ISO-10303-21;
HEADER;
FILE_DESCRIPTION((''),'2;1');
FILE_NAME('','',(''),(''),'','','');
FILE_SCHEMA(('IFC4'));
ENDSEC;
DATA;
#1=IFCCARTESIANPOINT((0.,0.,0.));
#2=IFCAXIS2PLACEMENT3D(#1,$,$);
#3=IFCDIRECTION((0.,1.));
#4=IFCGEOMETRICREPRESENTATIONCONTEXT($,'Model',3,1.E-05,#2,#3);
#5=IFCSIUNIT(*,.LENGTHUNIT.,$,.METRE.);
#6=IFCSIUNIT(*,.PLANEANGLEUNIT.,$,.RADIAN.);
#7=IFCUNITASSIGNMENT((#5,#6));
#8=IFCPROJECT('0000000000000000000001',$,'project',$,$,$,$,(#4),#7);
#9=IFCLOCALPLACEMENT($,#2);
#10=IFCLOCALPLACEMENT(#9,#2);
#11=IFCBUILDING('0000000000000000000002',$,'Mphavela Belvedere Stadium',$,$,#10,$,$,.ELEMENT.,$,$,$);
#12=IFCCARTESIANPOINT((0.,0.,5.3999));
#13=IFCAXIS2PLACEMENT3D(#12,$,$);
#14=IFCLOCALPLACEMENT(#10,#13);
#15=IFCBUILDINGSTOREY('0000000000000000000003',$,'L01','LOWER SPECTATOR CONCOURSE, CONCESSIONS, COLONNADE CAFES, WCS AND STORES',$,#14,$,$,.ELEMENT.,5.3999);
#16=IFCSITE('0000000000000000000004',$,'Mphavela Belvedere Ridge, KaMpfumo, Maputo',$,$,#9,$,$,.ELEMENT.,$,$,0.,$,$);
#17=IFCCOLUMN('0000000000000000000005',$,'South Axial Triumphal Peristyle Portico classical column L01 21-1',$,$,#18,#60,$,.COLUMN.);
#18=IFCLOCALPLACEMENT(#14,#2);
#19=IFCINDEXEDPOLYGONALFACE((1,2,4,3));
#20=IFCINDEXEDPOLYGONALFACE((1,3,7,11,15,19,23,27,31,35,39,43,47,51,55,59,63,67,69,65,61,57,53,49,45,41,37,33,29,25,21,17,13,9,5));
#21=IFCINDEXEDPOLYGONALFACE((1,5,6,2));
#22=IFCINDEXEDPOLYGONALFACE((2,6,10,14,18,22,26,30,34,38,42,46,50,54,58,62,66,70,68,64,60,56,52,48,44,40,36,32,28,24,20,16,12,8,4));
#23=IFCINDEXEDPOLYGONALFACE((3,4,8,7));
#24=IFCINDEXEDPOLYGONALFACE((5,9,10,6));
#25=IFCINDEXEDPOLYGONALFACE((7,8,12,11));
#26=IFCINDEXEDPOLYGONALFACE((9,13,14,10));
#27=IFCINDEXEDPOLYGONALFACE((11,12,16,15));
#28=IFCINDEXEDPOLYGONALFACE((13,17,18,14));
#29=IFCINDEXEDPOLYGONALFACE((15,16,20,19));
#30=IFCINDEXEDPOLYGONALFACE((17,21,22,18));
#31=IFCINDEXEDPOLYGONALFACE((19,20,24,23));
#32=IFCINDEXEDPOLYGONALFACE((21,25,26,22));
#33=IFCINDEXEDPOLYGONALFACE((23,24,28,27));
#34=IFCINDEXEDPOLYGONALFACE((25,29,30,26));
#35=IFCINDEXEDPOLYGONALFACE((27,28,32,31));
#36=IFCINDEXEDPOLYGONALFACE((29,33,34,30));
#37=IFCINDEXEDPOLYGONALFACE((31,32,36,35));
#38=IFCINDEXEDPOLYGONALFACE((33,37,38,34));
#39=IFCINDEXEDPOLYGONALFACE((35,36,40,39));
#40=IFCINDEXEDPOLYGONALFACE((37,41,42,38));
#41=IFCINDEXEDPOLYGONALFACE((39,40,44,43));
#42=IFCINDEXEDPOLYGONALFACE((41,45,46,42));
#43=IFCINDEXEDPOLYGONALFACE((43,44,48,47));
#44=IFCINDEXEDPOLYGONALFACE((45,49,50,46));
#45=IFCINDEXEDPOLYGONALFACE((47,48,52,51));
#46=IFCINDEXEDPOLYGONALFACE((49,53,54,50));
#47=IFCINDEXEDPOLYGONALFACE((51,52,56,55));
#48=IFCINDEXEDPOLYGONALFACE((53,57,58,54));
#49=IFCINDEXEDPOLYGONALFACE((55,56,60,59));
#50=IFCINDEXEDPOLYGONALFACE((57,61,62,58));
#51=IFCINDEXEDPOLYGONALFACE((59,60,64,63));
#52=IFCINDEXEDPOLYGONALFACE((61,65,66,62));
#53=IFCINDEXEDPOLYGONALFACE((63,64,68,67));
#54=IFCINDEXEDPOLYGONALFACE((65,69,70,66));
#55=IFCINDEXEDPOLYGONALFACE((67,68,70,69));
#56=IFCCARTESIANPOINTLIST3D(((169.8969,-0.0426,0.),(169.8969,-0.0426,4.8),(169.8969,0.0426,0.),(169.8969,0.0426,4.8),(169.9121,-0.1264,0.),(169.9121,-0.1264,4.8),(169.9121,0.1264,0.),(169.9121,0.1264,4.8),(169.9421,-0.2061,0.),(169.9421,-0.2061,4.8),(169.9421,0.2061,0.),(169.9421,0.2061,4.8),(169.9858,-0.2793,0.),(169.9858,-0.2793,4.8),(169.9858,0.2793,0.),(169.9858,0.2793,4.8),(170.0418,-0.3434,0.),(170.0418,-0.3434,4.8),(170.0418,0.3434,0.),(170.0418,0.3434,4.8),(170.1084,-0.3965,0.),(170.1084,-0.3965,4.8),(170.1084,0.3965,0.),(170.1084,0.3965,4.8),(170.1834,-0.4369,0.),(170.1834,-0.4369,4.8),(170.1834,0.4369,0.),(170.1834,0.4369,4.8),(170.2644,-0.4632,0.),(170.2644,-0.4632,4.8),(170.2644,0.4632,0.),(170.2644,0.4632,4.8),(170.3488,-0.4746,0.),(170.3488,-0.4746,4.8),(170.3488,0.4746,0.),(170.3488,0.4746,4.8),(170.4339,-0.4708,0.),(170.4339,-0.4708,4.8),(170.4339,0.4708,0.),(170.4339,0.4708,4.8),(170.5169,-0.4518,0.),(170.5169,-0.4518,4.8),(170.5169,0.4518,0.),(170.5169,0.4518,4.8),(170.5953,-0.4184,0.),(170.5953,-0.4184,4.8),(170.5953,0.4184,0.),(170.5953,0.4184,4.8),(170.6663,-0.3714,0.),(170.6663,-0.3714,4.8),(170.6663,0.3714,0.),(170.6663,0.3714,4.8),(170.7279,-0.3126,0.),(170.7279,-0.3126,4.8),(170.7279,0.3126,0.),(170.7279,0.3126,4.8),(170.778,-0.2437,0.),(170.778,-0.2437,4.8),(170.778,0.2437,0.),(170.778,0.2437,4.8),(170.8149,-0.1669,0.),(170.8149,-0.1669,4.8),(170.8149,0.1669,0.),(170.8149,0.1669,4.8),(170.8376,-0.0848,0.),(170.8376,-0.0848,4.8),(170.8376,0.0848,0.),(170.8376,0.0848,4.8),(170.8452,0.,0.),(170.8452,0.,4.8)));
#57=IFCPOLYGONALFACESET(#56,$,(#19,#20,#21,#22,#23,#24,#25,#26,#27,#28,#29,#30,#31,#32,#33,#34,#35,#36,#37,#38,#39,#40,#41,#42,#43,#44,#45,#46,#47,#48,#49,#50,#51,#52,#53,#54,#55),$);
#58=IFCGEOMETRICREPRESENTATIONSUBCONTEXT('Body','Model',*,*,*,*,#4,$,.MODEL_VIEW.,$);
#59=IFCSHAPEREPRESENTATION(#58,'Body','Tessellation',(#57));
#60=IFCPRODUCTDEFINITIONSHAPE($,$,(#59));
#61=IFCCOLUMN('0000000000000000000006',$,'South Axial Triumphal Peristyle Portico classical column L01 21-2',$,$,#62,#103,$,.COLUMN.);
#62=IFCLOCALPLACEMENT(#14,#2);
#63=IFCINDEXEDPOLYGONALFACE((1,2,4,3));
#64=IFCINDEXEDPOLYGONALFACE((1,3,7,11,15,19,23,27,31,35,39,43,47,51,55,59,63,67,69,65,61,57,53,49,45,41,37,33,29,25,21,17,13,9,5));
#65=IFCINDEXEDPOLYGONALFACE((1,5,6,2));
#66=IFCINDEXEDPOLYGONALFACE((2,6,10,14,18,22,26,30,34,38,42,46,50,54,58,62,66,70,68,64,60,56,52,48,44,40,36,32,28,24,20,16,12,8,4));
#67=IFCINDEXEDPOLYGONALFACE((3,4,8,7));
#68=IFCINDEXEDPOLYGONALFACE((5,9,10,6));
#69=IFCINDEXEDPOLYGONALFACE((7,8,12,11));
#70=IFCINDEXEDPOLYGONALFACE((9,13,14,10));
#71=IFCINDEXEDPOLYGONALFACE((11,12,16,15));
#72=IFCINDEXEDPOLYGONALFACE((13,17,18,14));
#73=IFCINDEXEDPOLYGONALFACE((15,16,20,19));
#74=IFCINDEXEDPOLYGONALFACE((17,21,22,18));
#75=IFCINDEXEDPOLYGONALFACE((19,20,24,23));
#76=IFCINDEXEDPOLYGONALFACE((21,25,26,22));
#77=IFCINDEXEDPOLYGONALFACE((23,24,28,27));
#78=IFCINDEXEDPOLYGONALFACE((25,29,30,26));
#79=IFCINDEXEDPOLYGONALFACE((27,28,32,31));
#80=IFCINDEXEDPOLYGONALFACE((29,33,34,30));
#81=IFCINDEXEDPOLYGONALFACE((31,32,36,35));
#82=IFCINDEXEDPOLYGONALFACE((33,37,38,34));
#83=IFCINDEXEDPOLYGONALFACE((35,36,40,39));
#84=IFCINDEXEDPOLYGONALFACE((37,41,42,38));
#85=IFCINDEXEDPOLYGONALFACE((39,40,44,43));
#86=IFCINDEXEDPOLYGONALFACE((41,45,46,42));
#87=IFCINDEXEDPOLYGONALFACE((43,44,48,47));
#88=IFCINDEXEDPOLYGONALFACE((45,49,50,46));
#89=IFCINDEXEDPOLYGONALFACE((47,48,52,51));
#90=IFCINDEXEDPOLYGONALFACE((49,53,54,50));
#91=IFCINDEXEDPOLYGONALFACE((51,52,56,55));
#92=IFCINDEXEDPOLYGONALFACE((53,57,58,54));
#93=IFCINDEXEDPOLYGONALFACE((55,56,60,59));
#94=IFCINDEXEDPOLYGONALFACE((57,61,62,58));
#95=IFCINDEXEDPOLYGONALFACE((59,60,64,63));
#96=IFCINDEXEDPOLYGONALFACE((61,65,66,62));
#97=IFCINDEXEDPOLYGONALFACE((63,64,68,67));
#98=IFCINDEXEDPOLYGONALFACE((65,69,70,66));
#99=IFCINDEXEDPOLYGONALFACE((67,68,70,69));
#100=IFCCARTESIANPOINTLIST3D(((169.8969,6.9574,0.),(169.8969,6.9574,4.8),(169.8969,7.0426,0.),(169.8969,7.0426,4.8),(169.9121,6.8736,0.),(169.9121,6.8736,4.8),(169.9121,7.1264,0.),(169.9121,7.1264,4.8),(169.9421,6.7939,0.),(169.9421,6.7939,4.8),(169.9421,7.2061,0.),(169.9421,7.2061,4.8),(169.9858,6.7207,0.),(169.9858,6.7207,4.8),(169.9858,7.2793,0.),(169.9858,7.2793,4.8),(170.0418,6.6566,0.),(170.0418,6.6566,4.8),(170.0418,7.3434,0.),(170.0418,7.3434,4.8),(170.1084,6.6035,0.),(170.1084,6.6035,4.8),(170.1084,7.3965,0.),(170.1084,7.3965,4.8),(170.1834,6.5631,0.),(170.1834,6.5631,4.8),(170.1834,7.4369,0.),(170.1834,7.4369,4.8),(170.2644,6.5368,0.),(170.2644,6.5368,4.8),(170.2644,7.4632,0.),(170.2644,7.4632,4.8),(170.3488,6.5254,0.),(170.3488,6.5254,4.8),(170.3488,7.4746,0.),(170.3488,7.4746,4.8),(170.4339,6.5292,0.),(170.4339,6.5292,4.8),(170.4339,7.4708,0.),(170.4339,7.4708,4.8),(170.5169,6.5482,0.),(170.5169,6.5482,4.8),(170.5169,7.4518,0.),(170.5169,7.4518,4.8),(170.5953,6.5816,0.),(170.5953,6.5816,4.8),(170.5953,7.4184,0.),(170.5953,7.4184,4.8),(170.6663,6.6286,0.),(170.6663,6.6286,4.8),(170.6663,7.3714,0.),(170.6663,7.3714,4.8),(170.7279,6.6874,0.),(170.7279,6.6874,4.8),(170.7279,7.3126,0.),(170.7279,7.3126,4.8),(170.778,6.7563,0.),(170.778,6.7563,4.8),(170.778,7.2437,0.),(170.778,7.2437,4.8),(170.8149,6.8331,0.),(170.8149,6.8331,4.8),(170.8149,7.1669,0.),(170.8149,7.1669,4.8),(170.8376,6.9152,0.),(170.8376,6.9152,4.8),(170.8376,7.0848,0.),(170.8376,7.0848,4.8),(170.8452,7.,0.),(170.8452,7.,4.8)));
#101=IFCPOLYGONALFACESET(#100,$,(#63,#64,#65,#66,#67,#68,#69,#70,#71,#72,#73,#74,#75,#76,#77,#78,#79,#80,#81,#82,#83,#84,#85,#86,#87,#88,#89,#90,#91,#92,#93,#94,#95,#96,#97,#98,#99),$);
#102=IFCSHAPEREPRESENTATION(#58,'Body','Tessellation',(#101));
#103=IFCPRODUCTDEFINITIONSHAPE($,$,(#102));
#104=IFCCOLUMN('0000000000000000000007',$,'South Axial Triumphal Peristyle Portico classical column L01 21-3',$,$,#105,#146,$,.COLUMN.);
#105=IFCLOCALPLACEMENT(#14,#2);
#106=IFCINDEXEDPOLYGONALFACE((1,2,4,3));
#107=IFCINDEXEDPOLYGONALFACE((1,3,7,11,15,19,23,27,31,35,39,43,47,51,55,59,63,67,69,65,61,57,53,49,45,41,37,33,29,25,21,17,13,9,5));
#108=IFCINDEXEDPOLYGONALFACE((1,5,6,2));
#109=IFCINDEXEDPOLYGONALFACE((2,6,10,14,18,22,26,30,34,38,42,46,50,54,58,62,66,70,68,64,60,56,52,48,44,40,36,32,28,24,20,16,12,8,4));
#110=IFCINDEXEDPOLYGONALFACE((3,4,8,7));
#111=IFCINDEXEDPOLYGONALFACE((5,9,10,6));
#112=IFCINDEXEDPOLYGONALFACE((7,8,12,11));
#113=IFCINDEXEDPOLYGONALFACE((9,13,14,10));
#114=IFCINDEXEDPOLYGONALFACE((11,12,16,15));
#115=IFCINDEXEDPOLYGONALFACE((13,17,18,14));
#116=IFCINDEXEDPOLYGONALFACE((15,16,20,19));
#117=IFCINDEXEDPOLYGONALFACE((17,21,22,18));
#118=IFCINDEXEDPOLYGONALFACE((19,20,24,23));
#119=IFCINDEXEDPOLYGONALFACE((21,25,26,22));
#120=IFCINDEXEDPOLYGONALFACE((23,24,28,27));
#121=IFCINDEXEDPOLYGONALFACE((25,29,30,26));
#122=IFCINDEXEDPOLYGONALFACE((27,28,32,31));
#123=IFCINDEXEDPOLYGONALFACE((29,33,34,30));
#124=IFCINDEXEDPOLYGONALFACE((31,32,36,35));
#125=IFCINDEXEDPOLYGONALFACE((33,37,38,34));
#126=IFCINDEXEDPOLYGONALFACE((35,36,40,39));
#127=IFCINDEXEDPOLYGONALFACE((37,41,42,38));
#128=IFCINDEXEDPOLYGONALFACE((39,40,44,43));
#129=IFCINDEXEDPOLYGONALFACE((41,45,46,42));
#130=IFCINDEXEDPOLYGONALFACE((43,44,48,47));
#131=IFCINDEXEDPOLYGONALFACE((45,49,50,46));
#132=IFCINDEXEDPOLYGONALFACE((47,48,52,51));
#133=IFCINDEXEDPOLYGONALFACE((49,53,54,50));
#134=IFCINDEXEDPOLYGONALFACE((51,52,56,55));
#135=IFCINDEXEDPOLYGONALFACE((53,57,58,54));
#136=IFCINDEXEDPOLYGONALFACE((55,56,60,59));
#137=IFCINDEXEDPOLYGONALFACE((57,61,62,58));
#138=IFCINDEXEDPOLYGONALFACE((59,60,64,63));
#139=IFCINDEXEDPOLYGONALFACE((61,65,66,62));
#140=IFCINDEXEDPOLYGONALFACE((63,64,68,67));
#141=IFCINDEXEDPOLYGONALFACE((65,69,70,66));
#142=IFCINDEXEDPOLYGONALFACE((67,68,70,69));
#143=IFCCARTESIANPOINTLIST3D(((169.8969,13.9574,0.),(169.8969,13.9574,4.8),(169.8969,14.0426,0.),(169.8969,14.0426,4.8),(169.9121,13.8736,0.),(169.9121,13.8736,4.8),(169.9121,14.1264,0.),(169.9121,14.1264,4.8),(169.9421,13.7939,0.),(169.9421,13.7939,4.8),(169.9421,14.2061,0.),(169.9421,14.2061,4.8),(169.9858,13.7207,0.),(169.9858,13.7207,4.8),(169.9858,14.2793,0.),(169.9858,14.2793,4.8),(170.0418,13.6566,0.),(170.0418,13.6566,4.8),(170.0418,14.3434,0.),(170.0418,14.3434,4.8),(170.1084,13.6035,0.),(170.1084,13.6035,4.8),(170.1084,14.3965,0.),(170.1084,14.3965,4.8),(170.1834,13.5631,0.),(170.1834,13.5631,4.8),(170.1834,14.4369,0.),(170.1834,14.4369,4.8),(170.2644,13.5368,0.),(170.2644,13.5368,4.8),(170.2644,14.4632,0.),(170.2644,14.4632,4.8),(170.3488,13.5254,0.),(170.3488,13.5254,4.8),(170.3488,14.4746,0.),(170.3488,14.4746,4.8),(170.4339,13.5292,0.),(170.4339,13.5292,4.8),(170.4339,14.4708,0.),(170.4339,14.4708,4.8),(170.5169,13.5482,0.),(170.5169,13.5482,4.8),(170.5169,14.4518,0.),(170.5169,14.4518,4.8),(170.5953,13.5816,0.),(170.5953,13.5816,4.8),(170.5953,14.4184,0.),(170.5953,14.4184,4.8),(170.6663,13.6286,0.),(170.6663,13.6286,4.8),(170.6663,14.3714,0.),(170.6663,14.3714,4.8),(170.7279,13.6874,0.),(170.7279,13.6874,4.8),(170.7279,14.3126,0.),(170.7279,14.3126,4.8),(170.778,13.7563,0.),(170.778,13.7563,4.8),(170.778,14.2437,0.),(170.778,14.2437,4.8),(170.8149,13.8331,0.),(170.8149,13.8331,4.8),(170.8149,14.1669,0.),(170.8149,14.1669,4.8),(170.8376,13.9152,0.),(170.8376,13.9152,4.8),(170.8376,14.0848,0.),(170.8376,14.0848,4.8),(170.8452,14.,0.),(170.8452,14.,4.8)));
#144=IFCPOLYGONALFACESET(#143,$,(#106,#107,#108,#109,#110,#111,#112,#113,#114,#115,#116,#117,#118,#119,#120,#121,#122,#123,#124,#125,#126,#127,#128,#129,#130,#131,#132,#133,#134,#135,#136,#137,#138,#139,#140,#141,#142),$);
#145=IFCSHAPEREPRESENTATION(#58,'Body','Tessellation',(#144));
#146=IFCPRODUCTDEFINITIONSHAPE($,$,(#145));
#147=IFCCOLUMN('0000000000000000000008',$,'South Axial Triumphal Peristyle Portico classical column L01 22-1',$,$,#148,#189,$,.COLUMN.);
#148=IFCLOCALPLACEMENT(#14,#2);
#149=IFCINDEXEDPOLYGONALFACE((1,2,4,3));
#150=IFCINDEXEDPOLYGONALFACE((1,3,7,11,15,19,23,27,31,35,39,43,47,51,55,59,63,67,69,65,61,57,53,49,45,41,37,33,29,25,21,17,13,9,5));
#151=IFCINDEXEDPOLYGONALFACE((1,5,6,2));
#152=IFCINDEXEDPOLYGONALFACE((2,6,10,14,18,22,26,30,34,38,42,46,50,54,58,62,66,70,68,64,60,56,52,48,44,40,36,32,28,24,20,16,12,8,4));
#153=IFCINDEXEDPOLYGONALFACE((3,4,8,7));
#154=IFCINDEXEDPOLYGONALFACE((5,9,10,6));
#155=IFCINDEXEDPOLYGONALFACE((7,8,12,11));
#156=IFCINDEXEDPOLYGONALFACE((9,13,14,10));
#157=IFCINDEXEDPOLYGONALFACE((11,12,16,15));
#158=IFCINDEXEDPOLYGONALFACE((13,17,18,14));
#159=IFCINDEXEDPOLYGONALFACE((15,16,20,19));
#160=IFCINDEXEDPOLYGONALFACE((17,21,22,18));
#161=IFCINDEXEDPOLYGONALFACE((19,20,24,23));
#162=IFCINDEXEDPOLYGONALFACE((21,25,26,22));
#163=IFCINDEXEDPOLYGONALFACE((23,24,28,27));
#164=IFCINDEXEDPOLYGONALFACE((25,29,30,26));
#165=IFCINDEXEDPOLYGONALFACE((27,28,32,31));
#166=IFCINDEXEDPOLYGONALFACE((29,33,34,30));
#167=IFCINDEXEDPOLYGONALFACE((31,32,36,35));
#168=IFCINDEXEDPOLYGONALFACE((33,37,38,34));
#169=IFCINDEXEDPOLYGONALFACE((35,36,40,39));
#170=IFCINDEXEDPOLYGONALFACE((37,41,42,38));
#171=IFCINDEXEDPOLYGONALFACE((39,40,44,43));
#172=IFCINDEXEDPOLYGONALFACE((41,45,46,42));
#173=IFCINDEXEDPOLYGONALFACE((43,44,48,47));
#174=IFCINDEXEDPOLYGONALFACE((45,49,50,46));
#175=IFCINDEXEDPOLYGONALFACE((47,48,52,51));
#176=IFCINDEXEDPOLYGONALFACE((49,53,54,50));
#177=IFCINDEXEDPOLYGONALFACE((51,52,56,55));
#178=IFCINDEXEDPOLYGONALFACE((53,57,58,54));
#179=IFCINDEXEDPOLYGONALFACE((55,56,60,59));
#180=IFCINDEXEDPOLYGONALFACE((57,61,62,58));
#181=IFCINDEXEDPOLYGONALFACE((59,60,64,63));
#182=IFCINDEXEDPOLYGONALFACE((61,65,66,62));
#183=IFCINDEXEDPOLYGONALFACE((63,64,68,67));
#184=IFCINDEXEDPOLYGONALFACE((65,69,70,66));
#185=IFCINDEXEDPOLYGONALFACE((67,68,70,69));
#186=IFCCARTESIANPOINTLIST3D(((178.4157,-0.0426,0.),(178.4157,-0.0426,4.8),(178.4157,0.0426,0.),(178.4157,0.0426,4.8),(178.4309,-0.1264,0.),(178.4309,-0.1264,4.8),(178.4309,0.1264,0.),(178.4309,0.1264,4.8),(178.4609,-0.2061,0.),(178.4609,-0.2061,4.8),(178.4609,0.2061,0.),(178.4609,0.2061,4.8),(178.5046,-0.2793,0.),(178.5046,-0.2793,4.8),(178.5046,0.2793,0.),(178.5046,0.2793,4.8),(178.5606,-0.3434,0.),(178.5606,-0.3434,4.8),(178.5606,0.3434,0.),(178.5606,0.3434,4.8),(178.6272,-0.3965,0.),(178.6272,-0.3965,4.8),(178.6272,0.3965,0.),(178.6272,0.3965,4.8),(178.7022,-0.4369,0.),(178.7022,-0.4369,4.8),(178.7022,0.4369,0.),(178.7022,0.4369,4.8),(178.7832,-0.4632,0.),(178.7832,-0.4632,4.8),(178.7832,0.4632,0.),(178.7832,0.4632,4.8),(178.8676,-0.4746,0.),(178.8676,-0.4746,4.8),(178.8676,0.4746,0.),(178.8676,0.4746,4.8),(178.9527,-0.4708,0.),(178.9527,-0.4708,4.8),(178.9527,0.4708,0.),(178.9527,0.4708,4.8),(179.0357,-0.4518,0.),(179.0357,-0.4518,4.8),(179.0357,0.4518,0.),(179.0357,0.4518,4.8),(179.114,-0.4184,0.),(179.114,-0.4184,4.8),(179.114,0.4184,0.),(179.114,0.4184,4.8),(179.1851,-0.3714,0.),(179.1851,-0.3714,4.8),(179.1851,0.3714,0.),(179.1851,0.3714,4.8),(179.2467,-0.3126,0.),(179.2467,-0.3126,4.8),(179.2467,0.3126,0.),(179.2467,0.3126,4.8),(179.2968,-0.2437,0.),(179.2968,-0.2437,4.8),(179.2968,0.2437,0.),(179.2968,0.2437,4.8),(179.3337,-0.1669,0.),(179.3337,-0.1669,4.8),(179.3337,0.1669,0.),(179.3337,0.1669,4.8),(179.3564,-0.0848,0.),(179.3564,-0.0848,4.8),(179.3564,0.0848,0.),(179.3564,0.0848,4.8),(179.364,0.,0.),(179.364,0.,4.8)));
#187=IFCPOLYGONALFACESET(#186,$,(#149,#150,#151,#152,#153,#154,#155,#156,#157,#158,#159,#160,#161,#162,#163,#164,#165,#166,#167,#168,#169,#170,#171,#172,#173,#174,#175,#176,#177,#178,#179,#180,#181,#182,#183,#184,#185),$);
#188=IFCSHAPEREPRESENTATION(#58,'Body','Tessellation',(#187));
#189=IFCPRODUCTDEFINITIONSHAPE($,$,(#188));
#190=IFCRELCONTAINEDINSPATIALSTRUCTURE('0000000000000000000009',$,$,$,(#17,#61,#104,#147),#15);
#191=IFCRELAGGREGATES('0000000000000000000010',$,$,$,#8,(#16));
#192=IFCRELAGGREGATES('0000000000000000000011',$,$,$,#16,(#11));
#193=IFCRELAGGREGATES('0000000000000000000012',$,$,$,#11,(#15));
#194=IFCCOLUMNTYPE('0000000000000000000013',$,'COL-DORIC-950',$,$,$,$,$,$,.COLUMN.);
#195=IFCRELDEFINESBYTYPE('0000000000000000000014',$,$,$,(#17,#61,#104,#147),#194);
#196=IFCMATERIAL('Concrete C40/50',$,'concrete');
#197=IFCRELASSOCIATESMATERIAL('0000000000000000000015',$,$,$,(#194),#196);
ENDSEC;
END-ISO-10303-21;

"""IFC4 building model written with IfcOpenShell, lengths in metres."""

from ifc_helpers import new_model, si_unit, direction, frame, origin, origin_2d, place, context, subcontext, project, spatial, circle, extrude, material, material_profile, profile_set, type_object, element, save


model = new_model("IFC4")

# Units and contexts
model_context = context("Model", 3, precision=1e-05, world=origin(), true_north=direction((0.0, 1.0)))
body_context = subcontext(model_context, "Body", "Model", "MODEL_VIEW")
ifc_project = project(units=[si_unit("LENGTHUNIT", "METRE"), si_unit("PLANEANGLEUNIT", "RADIAN")], contexts=[model_context])

# Site, building, storey
site_placement = place(None, origin())
site = spatial("IfcSite", under=ifc_project, at=site_placement, Name="Mphavela Belvedere Ridge, KaMpfumo, Maputo", CompositionType="ELEMENT", RefElevation=0.0)
building_placement = place(site_placement, origin())
building = spatial("IfcBuilding", under=site, at=building_placement, Name="Mphavela Belvedere Stadium", CompositionType="ELEMENT")
storey_placement = place(building_placement, frame((0.0, 0.0, 5.3999)))
storey = spatial("IfcBuildingStorey", under=building, at=storey_placement, Name="L01", Description="LOWER SPECTATOR CONCOURSE, CONCESSIONS, COLONNADE CAFES, WCS AND STORES", CompositionType="ELEMENT", Elevation=5.3999)

# Columns
ifc_material_1 = material(Name="Concrete C40/50", Category="concrete")
ifc_material_profile_1 = material_profile(ifc_material_1, circle(Radius=0.4751, at=origin_2d()), Name="COL D950")
ifc_profile_set_1 = profile_set([ifc_material_profile_1], Name="Concrete C40/50")
column_type_1 = type_object("IfcColumnType", Name="COL-DORIC-950", PredefinedType="COLUMN", material=ifc_profile_set_1)
for number, where, z_axis, x_axis, name in (
    (1, (170.3701, 0.0, 0.0), (0.0, 0.0, 1.0), (1.0, 0.0, 0.0), "South Axial Triumphal Peristyle Portico classical column L01 21-1"),
    (2, (170.3701, 7.0, 0.0), (0.0, 0.0, 1.0), (1.0, 0.0, 0.0), "South Axial Triumphal Peristyle Portico classical column L01 21-2"),
    (3, (170.3701, 14.0, 0.0), (0.0, 0.0, 1.0), (1.0, 0.0, 0.0), "South Axial Triumphal Peristyle Portico classical column L01 21-3"),
    (4, (178.8889, 0.0, 0.0), (0.0, 0.0, 1.0), (1.0, 0.0, 0.0), "South Axial Triumphal Peristyle Portico classical column L01 22-1"),
):
    element("IfcColumn", number, at=place(storey_placement, frame(where, z_axis=z_axis, x_axis=x_axis)), inside=storey, type_object=column_type_1, Name=name, PredefinedType="COLUMN", context=body_context, shape_type="SweptSolid", body=[
        extrude(circle(Radius=0.4751, at=origin_2d()), origin(), (0.0, 0.0, 1.0), 4.8),
    ])

save(model, "model.ifc")
